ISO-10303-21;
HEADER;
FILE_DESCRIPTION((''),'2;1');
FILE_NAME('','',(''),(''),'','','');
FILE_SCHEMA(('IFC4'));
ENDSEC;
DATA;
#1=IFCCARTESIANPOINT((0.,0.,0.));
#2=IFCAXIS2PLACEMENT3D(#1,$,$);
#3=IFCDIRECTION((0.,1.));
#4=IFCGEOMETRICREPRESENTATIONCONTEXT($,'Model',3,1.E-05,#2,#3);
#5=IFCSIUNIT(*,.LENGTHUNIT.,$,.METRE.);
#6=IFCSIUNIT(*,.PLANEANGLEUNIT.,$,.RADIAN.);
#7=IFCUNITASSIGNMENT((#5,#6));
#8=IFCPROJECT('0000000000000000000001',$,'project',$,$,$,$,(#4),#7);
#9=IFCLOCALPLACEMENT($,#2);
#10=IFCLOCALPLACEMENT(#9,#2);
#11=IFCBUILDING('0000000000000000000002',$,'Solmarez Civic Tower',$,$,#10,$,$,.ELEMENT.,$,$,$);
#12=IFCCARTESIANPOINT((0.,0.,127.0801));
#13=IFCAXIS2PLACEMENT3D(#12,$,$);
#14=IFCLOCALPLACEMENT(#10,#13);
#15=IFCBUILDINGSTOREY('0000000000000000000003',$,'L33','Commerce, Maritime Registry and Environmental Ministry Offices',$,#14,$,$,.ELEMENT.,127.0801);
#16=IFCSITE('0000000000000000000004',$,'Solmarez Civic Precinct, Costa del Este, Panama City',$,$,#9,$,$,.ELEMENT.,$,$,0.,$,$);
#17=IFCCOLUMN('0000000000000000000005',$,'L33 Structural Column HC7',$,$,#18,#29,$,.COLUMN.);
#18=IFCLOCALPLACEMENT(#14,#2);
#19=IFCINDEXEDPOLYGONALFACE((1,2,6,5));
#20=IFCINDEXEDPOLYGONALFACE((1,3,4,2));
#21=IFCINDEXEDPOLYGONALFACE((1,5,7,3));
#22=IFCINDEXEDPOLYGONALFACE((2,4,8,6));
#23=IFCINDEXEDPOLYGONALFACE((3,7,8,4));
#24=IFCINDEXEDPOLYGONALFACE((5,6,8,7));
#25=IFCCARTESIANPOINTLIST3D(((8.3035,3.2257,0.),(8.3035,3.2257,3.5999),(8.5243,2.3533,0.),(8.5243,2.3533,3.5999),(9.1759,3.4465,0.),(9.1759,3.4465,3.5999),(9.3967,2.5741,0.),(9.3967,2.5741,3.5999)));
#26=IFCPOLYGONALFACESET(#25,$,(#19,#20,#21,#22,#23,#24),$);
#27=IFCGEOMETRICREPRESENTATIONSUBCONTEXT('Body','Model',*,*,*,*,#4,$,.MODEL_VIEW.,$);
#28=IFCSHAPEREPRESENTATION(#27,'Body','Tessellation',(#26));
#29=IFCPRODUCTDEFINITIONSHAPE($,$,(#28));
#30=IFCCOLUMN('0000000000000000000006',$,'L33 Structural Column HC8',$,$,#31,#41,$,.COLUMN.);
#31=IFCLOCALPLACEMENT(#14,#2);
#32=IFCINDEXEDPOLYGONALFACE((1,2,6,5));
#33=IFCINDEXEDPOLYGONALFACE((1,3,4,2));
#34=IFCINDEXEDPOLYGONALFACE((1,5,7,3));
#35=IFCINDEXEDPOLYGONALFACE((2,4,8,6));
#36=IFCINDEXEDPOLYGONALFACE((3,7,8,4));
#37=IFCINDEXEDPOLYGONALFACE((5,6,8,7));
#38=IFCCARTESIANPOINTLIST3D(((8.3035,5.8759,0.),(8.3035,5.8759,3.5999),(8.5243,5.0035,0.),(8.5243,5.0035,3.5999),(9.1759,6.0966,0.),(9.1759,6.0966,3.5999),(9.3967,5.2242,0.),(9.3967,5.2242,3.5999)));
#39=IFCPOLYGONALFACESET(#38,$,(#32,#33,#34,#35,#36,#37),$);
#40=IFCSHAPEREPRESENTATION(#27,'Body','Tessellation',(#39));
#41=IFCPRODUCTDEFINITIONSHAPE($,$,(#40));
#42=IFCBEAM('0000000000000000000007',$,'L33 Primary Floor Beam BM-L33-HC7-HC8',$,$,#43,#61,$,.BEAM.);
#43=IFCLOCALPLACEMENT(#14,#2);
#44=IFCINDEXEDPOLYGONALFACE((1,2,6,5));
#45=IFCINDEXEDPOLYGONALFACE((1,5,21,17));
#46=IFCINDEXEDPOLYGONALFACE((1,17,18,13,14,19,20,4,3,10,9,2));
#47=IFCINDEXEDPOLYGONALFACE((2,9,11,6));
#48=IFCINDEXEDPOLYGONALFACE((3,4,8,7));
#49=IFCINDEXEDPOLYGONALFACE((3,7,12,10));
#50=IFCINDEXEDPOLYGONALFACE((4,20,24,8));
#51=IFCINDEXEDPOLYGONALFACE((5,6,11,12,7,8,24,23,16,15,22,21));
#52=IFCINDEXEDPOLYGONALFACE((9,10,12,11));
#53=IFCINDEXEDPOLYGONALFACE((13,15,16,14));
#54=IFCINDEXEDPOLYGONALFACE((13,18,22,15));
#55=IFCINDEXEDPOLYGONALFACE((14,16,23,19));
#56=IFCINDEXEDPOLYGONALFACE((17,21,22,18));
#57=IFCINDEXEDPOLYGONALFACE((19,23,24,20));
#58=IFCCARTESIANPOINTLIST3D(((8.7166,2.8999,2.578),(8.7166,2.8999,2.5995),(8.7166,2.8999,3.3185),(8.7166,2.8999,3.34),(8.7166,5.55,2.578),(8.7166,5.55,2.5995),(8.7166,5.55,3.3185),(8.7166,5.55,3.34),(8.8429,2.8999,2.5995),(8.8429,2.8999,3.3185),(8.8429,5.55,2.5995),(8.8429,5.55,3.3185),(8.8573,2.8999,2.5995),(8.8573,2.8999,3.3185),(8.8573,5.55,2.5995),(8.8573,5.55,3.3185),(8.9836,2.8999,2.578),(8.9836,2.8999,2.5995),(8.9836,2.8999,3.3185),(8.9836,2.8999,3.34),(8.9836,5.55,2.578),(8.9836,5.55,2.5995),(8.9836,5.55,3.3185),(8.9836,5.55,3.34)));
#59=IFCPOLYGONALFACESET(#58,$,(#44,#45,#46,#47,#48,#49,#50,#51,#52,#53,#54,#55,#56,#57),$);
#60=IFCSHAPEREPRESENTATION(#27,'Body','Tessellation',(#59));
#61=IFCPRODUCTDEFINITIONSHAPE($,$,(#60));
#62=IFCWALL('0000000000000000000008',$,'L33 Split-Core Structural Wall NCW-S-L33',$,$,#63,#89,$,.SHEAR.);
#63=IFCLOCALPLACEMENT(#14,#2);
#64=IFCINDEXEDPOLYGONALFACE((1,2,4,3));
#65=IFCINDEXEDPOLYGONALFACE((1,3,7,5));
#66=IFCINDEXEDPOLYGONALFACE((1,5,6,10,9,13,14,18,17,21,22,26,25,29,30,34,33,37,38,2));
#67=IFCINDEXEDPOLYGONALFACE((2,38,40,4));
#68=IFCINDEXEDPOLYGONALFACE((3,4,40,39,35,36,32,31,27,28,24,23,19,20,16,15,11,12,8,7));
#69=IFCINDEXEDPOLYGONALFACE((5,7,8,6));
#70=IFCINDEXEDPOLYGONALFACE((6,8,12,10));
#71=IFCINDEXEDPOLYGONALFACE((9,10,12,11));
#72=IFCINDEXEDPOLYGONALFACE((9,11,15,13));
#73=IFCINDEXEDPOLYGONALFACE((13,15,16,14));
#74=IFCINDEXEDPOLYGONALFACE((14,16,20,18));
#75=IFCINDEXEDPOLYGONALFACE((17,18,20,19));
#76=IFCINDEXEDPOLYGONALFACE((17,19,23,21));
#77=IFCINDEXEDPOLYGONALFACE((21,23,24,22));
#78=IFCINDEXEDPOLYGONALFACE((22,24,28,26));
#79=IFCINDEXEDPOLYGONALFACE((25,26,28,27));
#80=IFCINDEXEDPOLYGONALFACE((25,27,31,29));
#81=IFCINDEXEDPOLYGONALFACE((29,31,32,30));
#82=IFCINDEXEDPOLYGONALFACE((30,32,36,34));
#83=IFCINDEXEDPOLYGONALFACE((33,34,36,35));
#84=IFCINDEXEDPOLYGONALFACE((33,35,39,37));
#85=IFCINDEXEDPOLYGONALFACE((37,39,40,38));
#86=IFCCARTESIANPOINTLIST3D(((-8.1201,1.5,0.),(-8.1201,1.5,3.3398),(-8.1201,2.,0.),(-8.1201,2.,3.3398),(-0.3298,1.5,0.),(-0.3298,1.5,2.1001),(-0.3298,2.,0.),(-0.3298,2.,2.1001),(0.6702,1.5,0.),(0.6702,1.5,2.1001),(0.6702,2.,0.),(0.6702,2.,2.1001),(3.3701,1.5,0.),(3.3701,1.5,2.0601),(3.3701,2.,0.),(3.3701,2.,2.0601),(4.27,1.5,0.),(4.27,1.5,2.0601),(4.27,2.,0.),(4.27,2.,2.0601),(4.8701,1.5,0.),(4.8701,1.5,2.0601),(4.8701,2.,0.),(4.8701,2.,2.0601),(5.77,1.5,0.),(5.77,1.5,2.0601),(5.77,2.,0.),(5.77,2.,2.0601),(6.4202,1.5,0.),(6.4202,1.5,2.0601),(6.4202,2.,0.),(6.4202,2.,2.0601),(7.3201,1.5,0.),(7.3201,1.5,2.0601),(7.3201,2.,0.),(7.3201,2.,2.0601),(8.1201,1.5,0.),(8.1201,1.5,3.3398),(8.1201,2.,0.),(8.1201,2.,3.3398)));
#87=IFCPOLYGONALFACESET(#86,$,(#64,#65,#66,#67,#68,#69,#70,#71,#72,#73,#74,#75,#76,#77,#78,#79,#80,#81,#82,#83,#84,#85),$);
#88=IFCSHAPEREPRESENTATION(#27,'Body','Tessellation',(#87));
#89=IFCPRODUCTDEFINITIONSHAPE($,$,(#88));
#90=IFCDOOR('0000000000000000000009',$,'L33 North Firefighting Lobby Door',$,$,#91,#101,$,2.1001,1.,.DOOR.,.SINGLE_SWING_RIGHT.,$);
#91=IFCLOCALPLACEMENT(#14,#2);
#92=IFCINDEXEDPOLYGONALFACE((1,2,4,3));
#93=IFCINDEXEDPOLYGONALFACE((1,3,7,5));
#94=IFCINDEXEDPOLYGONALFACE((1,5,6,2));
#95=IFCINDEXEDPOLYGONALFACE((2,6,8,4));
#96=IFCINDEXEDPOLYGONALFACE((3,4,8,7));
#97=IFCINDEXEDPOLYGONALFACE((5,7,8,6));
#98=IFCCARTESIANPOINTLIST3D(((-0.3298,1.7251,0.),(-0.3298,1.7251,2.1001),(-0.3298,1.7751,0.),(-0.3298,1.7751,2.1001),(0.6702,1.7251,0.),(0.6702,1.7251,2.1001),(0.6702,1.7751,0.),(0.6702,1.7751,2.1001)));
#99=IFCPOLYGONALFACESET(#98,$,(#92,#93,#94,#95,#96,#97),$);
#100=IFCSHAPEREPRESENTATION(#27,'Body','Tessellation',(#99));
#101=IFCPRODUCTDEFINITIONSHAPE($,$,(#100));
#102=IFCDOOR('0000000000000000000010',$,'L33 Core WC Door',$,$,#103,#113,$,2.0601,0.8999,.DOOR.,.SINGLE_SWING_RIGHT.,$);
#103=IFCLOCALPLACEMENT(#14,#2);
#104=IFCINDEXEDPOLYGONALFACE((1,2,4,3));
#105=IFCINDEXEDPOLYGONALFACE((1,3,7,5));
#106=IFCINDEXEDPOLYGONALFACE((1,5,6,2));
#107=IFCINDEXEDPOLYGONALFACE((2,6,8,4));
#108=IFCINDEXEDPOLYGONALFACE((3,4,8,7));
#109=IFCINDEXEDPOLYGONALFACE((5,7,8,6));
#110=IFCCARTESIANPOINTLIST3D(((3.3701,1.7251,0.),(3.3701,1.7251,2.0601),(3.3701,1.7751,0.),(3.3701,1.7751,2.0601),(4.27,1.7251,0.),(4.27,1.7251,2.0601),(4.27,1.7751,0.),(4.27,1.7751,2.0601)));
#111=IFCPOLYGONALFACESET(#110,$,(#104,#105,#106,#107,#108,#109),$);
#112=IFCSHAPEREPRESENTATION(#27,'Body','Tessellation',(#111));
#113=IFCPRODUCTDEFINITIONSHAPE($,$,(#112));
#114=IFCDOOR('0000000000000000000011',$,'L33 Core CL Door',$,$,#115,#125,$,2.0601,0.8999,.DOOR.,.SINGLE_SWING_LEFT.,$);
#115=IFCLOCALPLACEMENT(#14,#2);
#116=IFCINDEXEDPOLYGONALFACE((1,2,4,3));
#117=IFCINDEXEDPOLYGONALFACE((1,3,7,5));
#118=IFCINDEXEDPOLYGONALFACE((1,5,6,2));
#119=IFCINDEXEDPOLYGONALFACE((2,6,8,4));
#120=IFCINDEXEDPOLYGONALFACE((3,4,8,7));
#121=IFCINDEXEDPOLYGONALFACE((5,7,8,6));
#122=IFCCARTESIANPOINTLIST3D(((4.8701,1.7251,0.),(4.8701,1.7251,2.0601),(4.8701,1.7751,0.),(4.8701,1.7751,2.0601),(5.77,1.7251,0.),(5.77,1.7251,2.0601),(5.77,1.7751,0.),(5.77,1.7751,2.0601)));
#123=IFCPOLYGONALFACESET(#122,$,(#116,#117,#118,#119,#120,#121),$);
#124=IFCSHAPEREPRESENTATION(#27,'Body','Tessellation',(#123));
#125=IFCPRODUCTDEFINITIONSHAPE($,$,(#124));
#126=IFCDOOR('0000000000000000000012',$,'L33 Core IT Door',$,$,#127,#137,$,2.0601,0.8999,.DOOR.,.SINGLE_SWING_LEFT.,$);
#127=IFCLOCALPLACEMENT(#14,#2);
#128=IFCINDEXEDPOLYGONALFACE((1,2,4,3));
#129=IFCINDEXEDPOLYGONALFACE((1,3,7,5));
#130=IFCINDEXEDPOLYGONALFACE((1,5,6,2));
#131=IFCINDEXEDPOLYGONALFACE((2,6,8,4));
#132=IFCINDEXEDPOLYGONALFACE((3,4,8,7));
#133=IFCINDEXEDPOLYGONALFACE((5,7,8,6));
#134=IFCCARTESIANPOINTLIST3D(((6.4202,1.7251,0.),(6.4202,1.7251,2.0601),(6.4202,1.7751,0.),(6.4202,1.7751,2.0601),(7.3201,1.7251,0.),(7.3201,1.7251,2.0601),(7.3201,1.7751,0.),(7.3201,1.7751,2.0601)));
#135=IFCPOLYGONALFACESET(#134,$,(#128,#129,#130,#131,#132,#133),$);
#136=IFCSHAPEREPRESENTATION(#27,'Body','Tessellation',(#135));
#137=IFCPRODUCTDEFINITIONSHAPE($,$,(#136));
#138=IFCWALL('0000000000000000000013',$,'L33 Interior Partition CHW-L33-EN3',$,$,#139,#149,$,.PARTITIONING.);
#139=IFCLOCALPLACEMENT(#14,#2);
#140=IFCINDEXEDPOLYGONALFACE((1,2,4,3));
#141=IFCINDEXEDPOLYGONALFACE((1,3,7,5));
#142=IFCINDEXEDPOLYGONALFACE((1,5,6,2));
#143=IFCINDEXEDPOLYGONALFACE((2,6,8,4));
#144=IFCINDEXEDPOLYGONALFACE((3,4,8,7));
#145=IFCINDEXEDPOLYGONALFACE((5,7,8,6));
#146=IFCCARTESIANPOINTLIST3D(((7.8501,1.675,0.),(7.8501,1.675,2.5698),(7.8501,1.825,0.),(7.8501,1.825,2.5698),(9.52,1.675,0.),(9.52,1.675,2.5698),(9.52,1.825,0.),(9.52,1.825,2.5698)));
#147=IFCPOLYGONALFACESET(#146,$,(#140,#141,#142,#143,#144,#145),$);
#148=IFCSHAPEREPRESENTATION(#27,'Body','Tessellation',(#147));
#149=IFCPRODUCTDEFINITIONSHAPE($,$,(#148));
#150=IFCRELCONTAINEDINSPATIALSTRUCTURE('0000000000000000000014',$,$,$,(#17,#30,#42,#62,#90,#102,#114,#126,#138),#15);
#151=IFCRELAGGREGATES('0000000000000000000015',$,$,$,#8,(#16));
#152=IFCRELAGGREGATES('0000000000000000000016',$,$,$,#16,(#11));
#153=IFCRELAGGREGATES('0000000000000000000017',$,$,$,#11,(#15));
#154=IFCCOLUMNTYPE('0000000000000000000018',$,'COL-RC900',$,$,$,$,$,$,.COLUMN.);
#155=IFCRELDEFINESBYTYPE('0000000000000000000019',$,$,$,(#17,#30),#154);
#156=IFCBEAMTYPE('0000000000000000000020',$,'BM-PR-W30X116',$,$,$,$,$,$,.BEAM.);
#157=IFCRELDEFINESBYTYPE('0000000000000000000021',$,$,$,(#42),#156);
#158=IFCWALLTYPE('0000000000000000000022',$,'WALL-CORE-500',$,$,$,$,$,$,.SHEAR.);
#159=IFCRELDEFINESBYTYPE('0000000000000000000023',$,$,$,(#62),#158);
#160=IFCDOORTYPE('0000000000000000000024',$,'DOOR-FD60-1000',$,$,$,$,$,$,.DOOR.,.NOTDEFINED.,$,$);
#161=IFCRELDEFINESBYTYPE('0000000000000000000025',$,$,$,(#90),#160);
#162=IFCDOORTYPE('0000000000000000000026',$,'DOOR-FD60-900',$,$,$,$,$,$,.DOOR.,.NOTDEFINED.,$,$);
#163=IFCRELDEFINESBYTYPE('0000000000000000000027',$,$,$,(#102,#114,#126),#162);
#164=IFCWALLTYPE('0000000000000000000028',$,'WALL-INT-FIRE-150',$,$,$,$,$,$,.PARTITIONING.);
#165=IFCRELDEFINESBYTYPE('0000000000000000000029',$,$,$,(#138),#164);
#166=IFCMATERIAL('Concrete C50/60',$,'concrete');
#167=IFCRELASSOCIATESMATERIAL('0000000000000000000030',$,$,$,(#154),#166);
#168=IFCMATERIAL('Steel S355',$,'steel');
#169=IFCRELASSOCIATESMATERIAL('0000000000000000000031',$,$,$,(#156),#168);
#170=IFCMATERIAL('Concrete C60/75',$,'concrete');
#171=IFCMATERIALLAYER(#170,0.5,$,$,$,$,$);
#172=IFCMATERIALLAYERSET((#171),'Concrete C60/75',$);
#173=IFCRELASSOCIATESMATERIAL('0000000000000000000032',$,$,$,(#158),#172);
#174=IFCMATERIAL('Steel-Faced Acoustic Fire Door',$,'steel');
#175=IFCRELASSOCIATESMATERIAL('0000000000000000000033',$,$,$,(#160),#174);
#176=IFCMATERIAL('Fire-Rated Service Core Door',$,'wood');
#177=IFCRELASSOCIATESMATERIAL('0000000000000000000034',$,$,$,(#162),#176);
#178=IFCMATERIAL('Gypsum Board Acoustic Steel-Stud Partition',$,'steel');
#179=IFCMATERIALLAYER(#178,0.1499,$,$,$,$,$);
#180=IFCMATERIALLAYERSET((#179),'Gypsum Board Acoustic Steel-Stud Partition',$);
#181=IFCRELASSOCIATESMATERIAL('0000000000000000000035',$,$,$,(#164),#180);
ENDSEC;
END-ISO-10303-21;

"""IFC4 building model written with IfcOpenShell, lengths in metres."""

from ifc_helpers import new_model, si_unit, direction, frame, frame_2d, origin, origin_2d, place, context, subcontext, project, spatial, rectangle, i_section, extrude, material, layer, layer_set, material_profile, profile_set, type_object, element, fill, save


model = new_model("IFC4")

# Units and contexts
model_context = context("Model", 3, precision=1e-05, world=origin(), true_north=direction((0.0, 1.0)))
body_context = subcontext(model_context, "Body", "Model", "MODEL_VIEW")
ifc_project = project(units=[si_unit("LENGTHUNIT", "METRE"), si_unit("PLANEANGLEUNIT", "RADIAN")], contexts=[model_context])

# Site, building, storey
site_placement = place(None, origin())
site = spatial("IfcSite", under=ifc_project, at=site_placement, Name="Solmarez Civic Precinct, Costa del Este, Panama City", CompositionType="ELEMENT", RefElevation=0.0)
building_placement = place(site_placement, origin())
building = spatial("IfcBuilding", under=site, at=building_placement, Name="Solmarez Civic Tower", CompositionType="ELEMENT")
storey_placement = place(building_placement, frame((0.0, 0.0, 127.0801)))
storey = spatial("IfcBuildingStorey", under=building, at=storey_placement, Name="L33", Description="Commerce, Maritime Registry and Environmental Ministry Offices", CompositionType="ELEMENT", Elevation=127.0801)

# Columns
ifc_material_1 = material(Name="Concrete C50/60", Category="concrete")
ifc_material_profile_1 = material_profile(ifc_material_1, rectangle(XDim=0.8999, YDim=0.8999, at=origin_2d()), Name="RC900X900")
ifc_profile_set_1 = profile_set([ifc_material_profile_1], Name="Concrete C50/60")
column_type = type_object("IfcColumnType", Name="COL-RC900", PredefinedType="COLUMN", material=ifc_profile_set_1)
for number, where, z_axis, x_axis, name in (
    (1, (8.8501, 2.8999, 0.0), (0.0, 0.0, 1.0), (0.969445, 0.245307, 0.0), "L33 Structural Column HC7"),
    (2, (8.8501, 5.55, 0.0), (0.0, 0.0, 1.0), (0.969445, 0.245307, 0.0), "L33 Structural Column HC8"),
):
    element("IfcColumn", number, at=place(storey_placement, frame(where, z_axis=z_axis, x_axis=x_axis)), inside=storey, type_object=column_type, Name=name, PredefinedType="COLUMN", context=body_context, shape_type="SweptSolid", body=[
        extrude(rectangle(XDim=0.8999, YDim=0.8999, at=origin_2d()), origin(), (0.0, 0.0, 1.0), 3.5999),
    ])

# Beam
ifc_material_2 = material(Name="Steel S355", Category="steel")
ifc_material_profile_2 = material_profile(ifc_material_2, i_section(OverallWidth=0.2671, OverallDepth=0.762, WebThickness=0.0144, FlangeThickness=0.0215, at=origin_2d()), Name="W30X116")
ifc_profile_set_2 = profile_set([ifc_material_profile_2], Name="Steel S355")
beam_type = type_object("IfcBeamType", Name="BM-PR-W30X116", PredefinedType="BEAM", material=ifc_profile_set_2)
beam_placement = place(storey_placement, frame((8.8501, 2.8999, 2.959), z_axis=(0.0, 1.0, 0.0), x_axis=(-1.0, 0.0, 0.0)))
element("IfcBeam", 3, at=beam_placement, inside=storey, type_object=beam_type, Name="L33 Primary Floor Beam BM-L33-HC7-HC8", PredefinedType="BEAM", context=body_context, shape_type="SweptSolid", body=[
    extrude(i_section(OverallWidth=0.2671, OverallDepth=0.762, WebThickness=0.0144, FlangeThickness=0.0215, at=origin_2d()), origin(), (0.0, 0.0, 1.0), 2.6501),
])

# Wall, openings, doors
ifc_material_3 = material(Name="Concrete C60/75", Category="concrete")
ifc_layer_1 = layer(ifc_material_3, 0.5)
ifc_layer_set_1 = layer_set([ifc_layer_1], Name="Concrete C60/75")
wall_type_1 = type_object("IfcWallType", Name="WALL-CORE-500", PredefinedType="SHEAR", material=ifc_layer_set_1)
wall_1_placement = place(storey_placement, frame((8.1201, 1.75, 0.0), z_axis=(0.0, 0.0, 1.0), x_axis=(-1.0, 0.0, 0.0)))
wall_1 = element("IfcWall", 4, at=wall_1_placement, inside=storey, type_object=wall_type_1, Name="L33 Split-Core Structural Wall NCW-S-L33", PredefinedType="SHEAR", context=body_context, shape_type="SweptSolid", body=[
    extrude(rectangle(XDim=16.2402, YDim=0.5, at=frame_2d((8.1201, 0.0))), origin(), (0.0, 0.0, 1.0), 3.3398),
])
opening_1_placement = place(wall_1_placement, frame((7.45, 0.0, 0.0)))
opening_1 = element("IfcOpeningElement", 5, at=opening_1_placement, cuts=wall_1, PredefinedType="OPENING", context=body_context, shape_type="SweptSolid", body=[
    extrude(rectangle(XDim=1.0, YDim=2.1001, at=frame_2d((0.5, 1.05))), frame((0.0, 0.26, 0.0), z_axis=(0.0, -1.0, 0.0), x_axis=(1.0, 0.0, 0.0)), (0.0, 0.0, 1.0), 0.52),
])
opening_2_placement = place(wall_1_placement, frame((3.8501, 0.0, 0.0)))
opening_2 = element("IfcOpeningElement", 6, at=opening_2_placement, cuts=wall_1, PredefinedType="OPENING", context=body_context, shape_type="SweptSolid", body=[
    extrude(rectangle(XDim=0.8999, YDim=2.0601, at=frame_2d((0.45, 1.03))), frame((0.0, 0.26, 0.0), z_axis=(0.0, -1.0, 0.0), x_axis=(1.0, 0.0, 0.0)), (0.0, 0.0, 1.0), 0.52),
])
opening_3_placement = place(wall_1_placement, frame((2.3501, 0.0, 0.0)))
opening_3 = element("IfcOpeningElement", 7, at=opening_3_placement, cuts=wall_1, PredefinedType="OPENING", context=body_context, shape_type="SweptSolid", body=[
    extrude(rectangle(XDim=0.8999, YDim=2.0601, at=frame_2d((0.45, 1.03))), frame((0.0, 0.26, 0.0), z_axis=(0.0, -1.0, 0.0), x_axis=(1.0, 0.0, 0.0)), (0.0, 0.0, 1.0), 0.52),
])
opening_4_placement = place(wall_1_placement, frame((0.8, 0.0, 0.0)))
opening_4 = element("IfcOpeningElement", 8, at=opening_4_placement, cuts=wall_1, PredefinedType="OPENING", context=body_context, shape_type="SweptSolid", body=[
    extrude(rectangle(XDim=0.8999, YDim=2.0601, at=frame_2d((0.45, 1.03))), frame((0.0, 0.26, 0.0), z_axis=(0.0, -1.0, 0.0), x_axis=(1.0, 0.0, 0.0)), (0.0, 0.0, 1.0), 0.52),
])
ifc_material_4 = material(Name="Steel-Faced Acoustic Fire Door", Category="steel")
door_type_1 = type_object("IfcDoorType", Name="DOOR-FD60-1000", OperationType="NOTDEFINED", PredefinedType="DOOR", material=ifc_material_4)
door_1_placement = place(opening_1_placement, origin())
door_1 = element("IfcDoor", 9, at=door_1_placement, inside=storey, type_object=door_type_1, Name="L33 North Firefighting Lobby Door", OperationType="SINGLE_SWING_RIGHT", OverallHeight=2.1001, OverallWidth=1.0, PredefinedType="DOOR", context=body_context, shape_type="SweptSolid", body=[
    extrude(rectangle(XDim=1.0, YDim=2.1001, at=frame_2d((0.5, 1.05))), frame((0.0, 0.0249, 0.0), z_axis=(0.0, -1.0, 0.0), x_axis=(1.0, 0.0, 0.0)), (0.0, 0.0, 1.0), 0.05),
])
fill(opening_1, door_1)
ifc_material_5 = material(Name="Fire-Rated Service Core Door", Category="wood")
door_type_2 = type_object("IfcDoorType", Name="DOOR-FD60-900", OperationType="NOTDEFINED", PredefinedType="DOOR", material=ifc_material_5)
door_2_placement = place(opening_2_placement, origin())
door_2 = element("IfcDoor", 10, at=door_2_placement, inside=storey, type_object=door_type_2, Name="L33 Core WC Door", OperationType="SINGLE_SWING_RIGHT", OverallHeight=2.0601, OverallWidth=0.8999, PredefinedType="DOOR", context=body_context, shape_type="SweptSolid", body=[
    extrude(rectangle(XDim=0.8999, YDim=2.0601, at=frame_2d((0.45, 1.03))), frame((0.0, 0.0249, 0.0), z_axis=(0.0, -1.0, 0.0), x_axis=(1.0, 0.0, 0.0)), (0.0, 0.0, 1.0), 0.05),
])
fill(opening_2, door_2)
door_3_placement = place(opening_3_placement, origin())
door_3 = element("IfcDoor", 11, at=door_3_placement, inside=storey, type_object=door_type_2, Name="L33 Core CL Door", OperationType="SINGLE_SWING_LEFT", OverallHeight=2.0601, OverallWidth=0.8999, PredefinedType="DOOR", context=body_context, shape_type="SweptSolid", body=[
    extrude(rectangle(XDim=0.8999, YDim=2.0601, at=frame_2d((0.45, 1.03))), frame((0.0, 0.0249, 0.0), z_axis=(0.0, -1.0, 0.0), x_axis=(1.0, 0.0, 0.0)), (0.0, 0.0, 1.0), 0.05),
])
fill(opening_3, door_3)
door_4_placement = place(opening_4_placement, origin())
door_4 = element("IfcDoor", 12, at=door_4_placement, inside=storey, type_object=door_type_2, Name="L33 Core IT Door", OperationType="SINGLE_SWING_LEFT", OverallHeight=2.0601, OverallWidth=0.8999, PredefinedType="DOOR", context=body_context, shape_type="SweptSolid", body=[
    extrude(rectangle(XDim=0.8999, YDim=2.0601, at=frame_2d((0.45, 1.03))), frame((0.0, 0.0249, 0.0), z_axis=(0.0, -1.0, 0.0), x_axis=(1.0, 0.0, 0.0)), (0.0, 0.0, 1.0), 0.05),
])
fill(opening_4, door_4)

# Wall
ifc_material_6 = material(Name="Gypsum Board Acoustic Steel-Stud Partition", Category="steel")
ifc_layer_2 = layer(ifc_material_6, 0.1499)
ifc_layer_set_2 = layer_set([ifc_layer_2], Name="Gypsum Board Acoustic Steel-Stud Partition")
wall_type_2 = type_object("IfcWallType", Name="WALL-INT-FIRE-150", PredefinedType="PARTITIONING", material=ifc_layer_set_2)
wall_2_placement = place(storey_placement, frame((7.8501, 1.75, 0.0), z_axis=(0.0, 0.0, 1.0), x_axis=(1.0, 0.0, 0.0)))
element("IfcWall", 13, at=wall_2_placement, inside=storey, type_object=wall_type_2, Name="L33 Interior Partition CHW-L33-EN3", PredefinedType="PARTITIONING", context=body_context, shape_type="SweptSolid", body=[
    extrude(rectangle(XDim=1.6699, YDim=0.1499, at=frame_2d((0.835, 0.0))), origin(), (0.0, 0.0, 1.0), 2.5698),
])

save(model, "model.ifc")
